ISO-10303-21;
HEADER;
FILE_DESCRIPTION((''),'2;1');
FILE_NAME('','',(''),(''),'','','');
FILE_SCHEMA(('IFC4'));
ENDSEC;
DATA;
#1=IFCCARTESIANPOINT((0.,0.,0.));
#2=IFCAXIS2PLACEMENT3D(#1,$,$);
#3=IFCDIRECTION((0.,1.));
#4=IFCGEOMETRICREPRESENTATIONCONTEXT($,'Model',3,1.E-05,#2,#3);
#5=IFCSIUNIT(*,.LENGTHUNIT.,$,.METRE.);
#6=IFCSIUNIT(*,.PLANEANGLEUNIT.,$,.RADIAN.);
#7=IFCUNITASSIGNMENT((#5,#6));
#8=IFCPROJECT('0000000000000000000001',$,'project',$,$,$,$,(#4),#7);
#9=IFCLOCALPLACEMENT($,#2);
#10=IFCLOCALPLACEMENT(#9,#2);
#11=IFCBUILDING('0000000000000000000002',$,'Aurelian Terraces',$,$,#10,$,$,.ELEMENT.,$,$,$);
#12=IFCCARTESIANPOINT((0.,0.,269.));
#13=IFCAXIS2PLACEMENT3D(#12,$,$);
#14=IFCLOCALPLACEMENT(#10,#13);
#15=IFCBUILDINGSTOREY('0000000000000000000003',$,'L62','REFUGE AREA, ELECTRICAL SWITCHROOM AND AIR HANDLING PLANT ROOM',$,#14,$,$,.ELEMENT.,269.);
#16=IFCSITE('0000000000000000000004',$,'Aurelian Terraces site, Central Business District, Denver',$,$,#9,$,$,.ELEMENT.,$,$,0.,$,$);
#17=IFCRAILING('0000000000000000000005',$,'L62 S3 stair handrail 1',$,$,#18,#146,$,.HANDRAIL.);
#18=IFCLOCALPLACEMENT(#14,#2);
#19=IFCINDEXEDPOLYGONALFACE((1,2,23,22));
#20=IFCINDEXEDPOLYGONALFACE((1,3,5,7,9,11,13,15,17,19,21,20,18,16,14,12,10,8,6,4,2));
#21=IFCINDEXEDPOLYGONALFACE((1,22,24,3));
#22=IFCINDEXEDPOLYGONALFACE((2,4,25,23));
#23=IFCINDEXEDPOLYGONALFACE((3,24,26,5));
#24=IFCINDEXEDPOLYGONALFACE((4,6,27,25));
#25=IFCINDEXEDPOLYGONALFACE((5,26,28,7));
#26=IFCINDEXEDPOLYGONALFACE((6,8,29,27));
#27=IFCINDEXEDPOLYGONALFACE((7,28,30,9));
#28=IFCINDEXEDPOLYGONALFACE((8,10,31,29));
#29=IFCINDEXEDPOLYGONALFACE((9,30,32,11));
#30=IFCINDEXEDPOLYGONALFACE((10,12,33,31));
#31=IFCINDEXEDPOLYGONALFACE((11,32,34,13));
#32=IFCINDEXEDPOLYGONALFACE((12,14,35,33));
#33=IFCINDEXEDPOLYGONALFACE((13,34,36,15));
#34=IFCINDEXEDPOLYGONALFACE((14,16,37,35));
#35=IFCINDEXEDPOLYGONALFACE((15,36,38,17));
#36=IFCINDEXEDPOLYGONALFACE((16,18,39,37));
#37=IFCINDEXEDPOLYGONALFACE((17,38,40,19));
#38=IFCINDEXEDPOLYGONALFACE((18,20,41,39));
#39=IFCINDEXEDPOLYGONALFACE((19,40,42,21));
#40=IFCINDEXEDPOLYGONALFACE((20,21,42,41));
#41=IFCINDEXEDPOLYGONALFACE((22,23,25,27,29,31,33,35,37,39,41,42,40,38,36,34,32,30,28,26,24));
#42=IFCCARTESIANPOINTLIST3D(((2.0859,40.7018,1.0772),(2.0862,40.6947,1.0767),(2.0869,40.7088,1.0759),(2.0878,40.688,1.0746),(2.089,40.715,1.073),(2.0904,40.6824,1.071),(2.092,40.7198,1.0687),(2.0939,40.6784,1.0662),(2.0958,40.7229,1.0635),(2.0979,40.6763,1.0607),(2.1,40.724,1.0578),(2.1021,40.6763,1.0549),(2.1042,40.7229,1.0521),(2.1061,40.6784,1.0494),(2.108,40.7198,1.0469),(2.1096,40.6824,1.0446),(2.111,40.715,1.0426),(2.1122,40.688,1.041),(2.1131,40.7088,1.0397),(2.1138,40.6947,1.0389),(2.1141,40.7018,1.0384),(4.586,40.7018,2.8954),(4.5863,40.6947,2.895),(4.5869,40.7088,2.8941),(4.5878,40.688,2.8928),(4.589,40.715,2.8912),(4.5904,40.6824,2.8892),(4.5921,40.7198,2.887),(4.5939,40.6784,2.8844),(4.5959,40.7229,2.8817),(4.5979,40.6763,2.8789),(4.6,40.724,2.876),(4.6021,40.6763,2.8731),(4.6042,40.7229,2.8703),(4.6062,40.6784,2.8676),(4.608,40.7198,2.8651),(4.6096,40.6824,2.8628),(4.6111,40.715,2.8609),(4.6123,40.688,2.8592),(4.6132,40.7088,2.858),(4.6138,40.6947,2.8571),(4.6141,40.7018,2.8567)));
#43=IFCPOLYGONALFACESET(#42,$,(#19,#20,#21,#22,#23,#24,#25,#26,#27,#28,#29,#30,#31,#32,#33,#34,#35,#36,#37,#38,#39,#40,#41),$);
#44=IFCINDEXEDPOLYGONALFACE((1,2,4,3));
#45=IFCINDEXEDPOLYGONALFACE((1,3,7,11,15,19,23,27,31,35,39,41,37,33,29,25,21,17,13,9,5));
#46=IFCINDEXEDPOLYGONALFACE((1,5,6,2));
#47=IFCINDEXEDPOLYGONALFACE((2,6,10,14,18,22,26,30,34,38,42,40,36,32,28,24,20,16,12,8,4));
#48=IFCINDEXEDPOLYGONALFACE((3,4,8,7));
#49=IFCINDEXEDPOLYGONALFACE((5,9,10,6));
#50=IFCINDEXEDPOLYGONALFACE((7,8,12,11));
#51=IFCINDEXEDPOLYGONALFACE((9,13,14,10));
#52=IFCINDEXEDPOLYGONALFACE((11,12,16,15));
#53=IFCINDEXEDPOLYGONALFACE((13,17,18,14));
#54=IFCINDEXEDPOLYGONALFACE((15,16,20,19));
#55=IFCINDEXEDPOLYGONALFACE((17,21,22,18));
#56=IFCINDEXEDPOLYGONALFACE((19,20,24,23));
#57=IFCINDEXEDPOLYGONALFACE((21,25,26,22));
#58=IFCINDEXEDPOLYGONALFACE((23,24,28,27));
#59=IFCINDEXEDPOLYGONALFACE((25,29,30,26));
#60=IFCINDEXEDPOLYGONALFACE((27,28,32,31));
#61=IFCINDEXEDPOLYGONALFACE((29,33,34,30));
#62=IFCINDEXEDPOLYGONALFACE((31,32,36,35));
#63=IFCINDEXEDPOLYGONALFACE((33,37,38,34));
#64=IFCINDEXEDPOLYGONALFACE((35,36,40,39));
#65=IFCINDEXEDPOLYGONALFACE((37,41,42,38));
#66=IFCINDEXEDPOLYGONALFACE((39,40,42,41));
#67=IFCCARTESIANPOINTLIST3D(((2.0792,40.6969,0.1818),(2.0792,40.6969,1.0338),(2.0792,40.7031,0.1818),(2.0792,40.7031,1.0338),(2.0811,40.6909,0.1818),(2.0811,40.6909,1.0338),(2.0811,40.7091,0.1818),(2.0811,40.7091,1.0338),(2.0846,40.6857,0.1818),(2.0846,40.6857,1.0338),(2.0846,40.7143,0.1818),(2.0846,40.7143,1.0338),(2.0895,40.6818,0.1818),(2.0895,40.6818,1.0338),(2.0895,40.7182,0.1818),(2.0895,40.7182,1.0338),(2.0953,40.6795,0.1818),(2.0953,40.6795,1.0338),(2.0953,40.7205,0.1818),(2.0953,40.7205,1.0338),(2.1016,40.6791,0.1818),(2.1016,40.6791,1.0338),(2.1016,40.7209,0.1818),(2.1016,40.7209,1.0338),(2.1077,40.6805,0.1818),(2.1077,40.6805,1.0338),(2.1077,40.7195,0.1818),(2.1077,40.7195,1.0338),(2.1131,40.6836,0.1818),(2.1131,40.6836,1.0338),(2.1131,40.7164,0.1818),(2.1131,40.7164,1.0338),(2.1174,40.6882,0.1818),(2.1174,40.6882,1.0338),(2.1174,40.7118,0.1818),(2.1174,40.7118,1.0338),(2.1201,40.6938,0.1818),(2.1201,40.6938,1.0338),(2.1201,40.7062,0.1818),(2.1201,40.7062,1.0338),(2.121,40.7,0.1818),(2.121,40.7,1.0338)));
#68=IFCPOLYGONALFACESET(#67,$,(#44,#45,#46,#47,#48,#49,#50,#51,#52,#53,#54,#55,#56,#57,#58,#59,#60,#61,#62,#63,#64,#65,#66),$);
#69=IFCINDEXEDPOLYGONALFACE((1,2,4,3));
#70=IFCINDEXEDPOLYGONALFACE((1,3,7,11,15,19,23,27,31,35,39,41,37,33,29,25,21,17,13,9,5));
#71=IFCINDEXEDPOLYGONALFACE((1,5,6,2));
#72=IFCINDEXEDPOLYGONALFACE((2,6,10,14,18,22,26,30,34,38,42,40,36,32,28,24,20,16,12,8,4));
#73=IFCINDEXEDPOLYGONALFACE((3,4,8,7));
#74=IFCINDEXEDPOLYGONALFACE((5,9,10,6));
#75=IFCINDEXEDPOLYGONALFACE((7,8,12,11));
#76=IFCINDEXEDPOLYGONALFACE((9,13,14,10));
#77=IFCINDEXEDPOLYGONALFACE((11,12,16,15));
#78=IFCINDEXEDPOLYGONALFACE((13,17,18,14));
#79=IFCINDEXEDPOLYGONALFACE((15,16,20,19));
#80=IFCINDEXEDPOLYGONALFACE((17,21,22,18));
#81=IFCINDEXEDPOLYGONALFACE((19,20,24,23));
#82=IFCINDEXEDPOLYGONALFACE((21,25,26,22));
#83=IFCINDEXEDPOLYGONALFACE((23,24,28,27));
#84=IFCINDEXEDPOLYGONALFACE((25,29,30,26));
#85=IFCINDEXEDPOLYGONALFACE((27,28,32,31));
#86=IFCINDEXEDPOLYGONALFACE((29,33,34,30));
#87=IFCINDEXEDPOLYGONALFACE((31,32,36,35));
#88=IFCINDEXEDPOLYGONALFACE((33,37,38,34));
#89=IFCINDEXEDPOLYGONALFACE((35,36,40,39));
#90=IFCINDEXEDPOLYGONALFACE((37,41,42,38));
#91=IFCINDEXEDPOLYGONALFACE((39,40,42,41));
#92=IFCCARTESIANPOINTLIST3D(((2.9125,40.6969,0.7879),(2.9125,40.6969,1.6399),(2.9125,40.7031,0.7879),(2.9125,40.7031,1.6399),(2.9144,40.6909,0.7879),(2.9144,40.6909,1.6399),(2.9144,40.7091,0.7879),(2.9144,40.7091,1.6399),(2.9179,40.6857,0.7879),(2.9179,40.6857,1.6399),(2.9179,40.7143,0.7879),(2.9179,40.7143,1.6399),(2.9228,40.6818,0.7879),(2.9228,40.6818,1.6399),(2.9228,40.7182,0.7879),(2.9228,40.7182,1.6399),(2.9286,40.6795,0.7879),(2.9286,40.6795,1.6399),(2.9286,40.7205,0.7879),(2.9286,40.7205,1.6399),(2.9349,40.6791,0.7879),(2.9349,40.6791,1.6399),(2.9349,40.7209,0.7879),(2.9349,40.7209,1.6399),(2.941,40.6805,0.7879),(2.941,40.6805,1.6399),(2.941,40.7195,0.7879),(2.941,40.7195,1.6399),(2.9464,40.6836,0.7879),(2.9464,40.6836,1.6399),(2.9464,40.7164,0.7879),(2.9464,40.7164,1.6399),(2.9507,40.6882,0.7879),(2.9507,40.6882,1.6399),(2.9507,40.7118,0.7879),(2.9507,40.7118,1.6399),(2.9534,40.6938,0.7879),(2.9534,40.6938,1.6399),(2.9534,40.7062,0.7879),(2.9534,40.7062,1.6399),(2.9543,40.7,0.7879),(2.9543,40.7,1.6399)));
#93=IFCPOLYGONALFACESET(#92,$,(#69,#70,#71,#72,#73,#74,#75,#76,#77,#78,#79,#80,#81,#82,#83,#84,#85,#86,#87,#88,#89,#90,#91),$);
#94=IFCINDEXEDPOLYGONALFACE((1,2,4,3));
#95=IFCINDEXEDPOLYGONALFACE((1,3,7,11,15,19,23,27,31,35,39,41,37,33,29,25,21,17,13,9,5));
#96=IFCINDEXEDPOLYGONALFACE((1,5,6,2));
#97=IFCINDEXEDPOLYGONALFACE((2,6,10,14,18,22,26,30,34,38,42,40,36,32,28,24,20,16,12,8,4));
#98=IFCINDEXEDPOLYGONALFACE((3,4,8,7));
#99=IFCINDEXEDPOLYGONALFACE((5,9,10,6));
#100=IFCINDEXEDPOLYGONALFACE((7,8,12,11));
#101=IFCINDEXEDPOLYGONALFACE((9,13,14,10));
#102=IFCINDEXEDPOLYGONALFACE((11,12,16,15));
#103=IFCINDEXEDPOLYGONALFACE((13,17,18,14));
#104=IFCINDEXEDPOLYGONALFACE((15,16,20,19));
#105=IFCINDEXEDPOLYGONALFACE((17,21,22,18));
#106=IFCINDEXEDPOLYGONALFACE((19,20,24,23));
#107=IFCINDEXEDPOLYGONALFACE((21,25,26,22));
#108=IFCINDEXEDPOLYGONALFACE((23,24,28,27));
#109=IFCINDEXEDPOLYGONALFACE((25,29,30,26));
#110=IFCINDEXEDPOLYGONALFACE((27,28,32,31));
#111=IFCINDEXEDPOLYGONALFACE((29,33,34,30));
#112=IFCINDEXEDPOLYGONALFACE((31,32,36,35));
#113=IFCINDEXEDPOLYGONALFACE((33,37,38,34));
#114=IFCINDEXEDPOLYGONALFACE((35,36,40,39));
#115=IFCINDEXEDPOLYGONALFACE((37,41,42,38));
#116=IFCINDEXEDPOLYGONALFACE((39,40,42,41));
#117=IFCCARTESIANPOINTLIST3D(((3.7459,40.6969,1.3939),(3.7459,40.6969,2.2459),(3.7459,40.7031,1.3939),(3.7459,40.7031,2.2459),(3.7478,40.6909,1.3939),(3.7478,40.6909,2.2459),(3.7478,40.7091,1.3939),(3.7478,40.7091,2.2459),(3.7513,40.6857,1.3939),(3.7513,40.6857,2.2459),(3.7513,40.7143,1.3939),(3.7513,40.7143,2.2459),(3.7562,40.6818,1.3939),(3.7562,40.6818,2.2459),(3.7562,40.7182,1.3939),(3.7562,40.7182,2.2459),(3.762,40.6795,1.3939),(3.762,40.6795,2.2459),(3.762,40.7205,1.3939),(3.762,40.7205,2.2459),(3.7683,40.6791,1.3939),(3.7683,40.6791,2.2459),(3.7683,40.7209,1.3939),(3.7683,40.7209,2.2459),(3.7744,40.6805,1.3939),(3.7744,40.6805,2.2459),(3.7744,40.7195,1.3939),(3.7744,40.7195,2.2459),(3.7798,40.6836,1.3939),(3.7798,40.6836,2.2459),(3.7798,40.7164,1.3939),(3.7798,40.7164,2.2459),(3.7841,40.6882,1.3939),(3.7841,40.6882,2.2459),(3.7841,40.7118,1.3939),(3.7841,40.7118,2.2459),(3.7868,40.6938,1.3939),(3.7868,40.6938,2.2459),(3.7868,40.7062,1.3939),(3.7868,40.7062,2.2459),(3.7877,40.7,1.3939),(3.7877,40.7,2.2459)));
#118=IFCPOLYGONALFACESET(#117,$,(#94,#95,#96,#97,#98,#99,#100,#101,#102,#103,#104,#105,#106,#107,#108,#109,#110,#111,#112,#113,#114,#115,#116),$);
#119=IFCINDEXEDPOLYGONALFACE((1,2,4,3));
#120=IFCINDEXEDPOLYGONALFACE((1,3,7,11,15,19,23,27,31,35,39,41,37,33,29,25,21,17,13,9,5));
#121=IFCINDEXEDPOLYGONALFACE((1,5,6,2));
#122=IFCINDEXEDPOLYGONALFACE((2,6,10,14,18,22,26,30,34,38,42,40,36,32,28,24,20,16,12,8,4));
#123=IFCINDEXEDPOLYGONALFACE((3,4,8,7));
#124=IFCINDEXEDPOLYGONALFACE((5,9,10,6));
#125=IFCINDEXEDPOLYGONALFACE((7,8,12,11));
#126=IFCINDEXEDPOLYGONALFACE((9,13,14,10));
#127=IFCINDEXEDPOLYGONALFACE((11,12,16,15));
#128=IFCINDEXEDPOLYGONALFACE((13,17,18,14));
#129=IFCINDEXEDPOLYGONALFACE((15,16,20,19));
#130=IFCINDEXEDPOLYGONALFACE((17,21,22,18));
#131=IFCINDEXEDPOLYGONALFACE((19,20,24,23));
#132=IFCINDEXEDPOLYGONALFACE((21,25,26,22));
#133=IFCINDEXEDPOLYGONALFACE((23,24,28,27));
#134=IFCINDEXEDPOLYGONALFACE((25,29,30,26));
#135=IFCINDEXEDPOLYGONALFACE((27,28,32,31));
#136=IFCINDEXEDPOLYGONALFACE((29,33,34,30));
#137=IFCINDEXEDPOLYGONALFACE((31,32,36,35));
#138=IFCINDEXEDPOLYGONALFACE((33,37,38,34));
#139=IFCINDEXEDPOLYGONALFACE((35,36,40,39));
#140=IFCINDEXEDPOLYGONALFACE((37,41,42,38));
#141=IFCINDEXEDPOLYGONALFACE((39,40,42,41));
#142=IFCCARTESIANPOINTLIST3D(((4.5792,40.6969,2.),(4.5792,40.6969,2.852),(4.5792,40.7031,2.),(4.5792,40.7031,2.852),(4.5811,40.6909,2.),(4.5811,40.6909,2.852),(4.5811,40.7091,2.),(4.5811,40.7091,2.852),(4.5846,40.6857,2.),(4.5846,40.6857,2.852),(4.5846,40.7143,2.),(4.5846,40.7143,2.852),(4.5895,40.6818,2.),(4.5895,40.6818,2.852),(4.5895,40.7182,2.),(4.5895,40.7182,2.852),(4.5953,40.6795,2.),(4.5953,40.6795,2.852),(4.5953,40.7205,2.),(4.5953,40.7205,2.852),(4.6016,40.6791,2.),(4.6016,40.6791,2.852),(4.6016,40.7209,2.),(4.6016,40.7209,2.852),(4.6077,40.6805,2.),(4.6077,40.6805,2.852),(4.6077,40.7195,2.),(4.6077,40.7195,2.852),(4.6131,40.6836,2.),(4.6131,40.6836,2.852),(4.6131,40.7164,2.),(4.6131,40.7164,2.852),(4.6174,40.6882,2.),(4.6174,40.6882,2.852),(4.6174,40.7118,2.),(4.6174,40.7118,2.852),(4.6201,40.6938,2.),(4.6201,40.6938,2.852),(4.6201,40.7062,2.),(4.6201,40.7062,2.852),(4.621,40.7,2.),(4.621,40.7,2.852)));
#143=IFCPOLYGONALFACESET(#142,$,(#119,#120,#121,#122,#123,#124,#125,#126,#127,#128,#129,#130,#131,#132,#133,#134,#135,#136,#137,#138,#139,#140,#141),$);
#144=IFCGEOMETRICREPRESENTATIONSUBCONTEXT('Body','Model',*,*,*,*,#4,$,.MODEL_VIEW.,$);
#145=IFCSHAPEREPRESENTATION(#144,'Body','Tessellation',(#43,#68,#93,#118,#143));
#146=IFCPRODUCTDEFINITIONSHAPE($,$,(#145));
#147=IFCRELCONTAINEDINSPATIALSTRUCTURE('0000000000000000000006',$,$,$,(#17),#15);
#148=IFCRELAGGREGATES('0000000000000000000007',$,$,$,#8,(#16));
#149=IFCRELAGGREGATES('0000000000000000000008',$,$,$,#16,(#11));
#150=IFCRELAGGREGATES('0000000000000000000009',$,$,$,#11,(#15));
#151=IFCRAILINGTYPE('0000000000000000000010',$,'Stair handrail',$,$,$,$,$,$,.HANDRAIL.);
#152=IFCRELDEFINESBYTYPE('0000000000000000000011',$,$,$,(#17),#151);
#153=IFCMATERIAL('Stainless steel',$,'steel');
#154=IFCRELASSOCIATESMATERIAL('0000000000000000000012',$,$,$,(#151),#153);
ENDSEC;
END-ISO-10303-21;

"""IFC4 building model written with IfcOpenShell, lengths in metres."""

from ifc_helpers import new_model, si_unit, direction, frame, origin, origin_2d, place, context, subcontext, project, spatial, circle, extrude, source, transform, mapped, material, type_object, element, save


model = new_model("IFC4")

# Units and contexts
model_context = context("Model", 3, precision=1e-05, world=origin(), true_north=direction((0.0, 1.0)))
body_context = subcontext(model_context, "Body", "Model", "MODEL_VIEW")
ifc_project = project(units=[si_unit("LENGTHUNIT", "METRE"), si_unit("PLANEANGLEUNIT", "RADIAN")], contexts=[model_context])

# Site, building, storey
site_placement = place(None, origin())
site = spatial("IfcSite", under=ifc_project, at=site_placement, Name="Aurelian Terraces site, Central Business District, Denver", CompositionType="ELEMENT", RefElevation=0.0)
building_placement = place(site_placement, origin())
building = spatial("IfcBuilding", under=site, at=building_placement, Name="Aurelian Terraces", CompositionType="ELEMENT")
storey_placement = place(building_placement, frame((0.0, 0.0, 269.0)))
storey = spatial("IfcBuildingStorey", under=building, at=storey_placement, Name="L62", Description="REFUGE AREA, ELECTRICAL SWITCHROOM AND AIR HANDLING PLANT ROOM", CompositionType="ELEMENT", Elevation=269.0)

# Railing
ifc_material_1 = material(Name="Stainless steel", Category="steel")
railing_type_1 = type_object("IfcRailingType", Name="Stair handrail", PredefinedType="HANDRAIL", material=ifc_material_1)
shared_shape_1 = source(origin(), body_context, "Body", "SweptSolid", [
    extrude(circle(Radius=0.024, at=origin_2d()), frame((0.0, 0.0, 0.876), z_axis=(0.808733, 0.0, 0.588176), x_axis=(0.0, 1.0, 0.0)), (0.0, 0.0, 1.0), 3.0913),
    extrude(circle(Radius=0.021, at=origin_2d()), origin(), (0.0, 0.0, 1.0), 0.852),
    extrude(circle(Radius=0.021, at=origin_2d()), frame((0.8333, 0.0, 0.6061)), (0.0, 0.0, 1.0), 0.852),
    extrude(circle(Radius=0.021, at=origin_2d()), frame((1.6667, 0.0, 1.2121)), (0.0, 0.0, 1.0), 0.852),
    extrude(circle(Radius=0.021, at=origin_2d()), frame((2.5, 0.0, 1.8182)), (0.0, 0.0, 1.0), 0.852),
])
for number, where, name in (
    (1, (2.1, 40.7, 0.1818), "L62 S3 stair handrail 1"),
):
    element("IfcRailing", number, at=place(storey_placement, frame(where)), inside=storey, type_object=railing_type_1, Name=name, PredefinedType="HANDRAIL", context=body_context, shape_type="MappedRepresentation", body=[
        mapped(shared_shape_1, transform((0.0, 0.0, 0.0), scale=1.0)),
    ])

save(model, "model.ifc")
